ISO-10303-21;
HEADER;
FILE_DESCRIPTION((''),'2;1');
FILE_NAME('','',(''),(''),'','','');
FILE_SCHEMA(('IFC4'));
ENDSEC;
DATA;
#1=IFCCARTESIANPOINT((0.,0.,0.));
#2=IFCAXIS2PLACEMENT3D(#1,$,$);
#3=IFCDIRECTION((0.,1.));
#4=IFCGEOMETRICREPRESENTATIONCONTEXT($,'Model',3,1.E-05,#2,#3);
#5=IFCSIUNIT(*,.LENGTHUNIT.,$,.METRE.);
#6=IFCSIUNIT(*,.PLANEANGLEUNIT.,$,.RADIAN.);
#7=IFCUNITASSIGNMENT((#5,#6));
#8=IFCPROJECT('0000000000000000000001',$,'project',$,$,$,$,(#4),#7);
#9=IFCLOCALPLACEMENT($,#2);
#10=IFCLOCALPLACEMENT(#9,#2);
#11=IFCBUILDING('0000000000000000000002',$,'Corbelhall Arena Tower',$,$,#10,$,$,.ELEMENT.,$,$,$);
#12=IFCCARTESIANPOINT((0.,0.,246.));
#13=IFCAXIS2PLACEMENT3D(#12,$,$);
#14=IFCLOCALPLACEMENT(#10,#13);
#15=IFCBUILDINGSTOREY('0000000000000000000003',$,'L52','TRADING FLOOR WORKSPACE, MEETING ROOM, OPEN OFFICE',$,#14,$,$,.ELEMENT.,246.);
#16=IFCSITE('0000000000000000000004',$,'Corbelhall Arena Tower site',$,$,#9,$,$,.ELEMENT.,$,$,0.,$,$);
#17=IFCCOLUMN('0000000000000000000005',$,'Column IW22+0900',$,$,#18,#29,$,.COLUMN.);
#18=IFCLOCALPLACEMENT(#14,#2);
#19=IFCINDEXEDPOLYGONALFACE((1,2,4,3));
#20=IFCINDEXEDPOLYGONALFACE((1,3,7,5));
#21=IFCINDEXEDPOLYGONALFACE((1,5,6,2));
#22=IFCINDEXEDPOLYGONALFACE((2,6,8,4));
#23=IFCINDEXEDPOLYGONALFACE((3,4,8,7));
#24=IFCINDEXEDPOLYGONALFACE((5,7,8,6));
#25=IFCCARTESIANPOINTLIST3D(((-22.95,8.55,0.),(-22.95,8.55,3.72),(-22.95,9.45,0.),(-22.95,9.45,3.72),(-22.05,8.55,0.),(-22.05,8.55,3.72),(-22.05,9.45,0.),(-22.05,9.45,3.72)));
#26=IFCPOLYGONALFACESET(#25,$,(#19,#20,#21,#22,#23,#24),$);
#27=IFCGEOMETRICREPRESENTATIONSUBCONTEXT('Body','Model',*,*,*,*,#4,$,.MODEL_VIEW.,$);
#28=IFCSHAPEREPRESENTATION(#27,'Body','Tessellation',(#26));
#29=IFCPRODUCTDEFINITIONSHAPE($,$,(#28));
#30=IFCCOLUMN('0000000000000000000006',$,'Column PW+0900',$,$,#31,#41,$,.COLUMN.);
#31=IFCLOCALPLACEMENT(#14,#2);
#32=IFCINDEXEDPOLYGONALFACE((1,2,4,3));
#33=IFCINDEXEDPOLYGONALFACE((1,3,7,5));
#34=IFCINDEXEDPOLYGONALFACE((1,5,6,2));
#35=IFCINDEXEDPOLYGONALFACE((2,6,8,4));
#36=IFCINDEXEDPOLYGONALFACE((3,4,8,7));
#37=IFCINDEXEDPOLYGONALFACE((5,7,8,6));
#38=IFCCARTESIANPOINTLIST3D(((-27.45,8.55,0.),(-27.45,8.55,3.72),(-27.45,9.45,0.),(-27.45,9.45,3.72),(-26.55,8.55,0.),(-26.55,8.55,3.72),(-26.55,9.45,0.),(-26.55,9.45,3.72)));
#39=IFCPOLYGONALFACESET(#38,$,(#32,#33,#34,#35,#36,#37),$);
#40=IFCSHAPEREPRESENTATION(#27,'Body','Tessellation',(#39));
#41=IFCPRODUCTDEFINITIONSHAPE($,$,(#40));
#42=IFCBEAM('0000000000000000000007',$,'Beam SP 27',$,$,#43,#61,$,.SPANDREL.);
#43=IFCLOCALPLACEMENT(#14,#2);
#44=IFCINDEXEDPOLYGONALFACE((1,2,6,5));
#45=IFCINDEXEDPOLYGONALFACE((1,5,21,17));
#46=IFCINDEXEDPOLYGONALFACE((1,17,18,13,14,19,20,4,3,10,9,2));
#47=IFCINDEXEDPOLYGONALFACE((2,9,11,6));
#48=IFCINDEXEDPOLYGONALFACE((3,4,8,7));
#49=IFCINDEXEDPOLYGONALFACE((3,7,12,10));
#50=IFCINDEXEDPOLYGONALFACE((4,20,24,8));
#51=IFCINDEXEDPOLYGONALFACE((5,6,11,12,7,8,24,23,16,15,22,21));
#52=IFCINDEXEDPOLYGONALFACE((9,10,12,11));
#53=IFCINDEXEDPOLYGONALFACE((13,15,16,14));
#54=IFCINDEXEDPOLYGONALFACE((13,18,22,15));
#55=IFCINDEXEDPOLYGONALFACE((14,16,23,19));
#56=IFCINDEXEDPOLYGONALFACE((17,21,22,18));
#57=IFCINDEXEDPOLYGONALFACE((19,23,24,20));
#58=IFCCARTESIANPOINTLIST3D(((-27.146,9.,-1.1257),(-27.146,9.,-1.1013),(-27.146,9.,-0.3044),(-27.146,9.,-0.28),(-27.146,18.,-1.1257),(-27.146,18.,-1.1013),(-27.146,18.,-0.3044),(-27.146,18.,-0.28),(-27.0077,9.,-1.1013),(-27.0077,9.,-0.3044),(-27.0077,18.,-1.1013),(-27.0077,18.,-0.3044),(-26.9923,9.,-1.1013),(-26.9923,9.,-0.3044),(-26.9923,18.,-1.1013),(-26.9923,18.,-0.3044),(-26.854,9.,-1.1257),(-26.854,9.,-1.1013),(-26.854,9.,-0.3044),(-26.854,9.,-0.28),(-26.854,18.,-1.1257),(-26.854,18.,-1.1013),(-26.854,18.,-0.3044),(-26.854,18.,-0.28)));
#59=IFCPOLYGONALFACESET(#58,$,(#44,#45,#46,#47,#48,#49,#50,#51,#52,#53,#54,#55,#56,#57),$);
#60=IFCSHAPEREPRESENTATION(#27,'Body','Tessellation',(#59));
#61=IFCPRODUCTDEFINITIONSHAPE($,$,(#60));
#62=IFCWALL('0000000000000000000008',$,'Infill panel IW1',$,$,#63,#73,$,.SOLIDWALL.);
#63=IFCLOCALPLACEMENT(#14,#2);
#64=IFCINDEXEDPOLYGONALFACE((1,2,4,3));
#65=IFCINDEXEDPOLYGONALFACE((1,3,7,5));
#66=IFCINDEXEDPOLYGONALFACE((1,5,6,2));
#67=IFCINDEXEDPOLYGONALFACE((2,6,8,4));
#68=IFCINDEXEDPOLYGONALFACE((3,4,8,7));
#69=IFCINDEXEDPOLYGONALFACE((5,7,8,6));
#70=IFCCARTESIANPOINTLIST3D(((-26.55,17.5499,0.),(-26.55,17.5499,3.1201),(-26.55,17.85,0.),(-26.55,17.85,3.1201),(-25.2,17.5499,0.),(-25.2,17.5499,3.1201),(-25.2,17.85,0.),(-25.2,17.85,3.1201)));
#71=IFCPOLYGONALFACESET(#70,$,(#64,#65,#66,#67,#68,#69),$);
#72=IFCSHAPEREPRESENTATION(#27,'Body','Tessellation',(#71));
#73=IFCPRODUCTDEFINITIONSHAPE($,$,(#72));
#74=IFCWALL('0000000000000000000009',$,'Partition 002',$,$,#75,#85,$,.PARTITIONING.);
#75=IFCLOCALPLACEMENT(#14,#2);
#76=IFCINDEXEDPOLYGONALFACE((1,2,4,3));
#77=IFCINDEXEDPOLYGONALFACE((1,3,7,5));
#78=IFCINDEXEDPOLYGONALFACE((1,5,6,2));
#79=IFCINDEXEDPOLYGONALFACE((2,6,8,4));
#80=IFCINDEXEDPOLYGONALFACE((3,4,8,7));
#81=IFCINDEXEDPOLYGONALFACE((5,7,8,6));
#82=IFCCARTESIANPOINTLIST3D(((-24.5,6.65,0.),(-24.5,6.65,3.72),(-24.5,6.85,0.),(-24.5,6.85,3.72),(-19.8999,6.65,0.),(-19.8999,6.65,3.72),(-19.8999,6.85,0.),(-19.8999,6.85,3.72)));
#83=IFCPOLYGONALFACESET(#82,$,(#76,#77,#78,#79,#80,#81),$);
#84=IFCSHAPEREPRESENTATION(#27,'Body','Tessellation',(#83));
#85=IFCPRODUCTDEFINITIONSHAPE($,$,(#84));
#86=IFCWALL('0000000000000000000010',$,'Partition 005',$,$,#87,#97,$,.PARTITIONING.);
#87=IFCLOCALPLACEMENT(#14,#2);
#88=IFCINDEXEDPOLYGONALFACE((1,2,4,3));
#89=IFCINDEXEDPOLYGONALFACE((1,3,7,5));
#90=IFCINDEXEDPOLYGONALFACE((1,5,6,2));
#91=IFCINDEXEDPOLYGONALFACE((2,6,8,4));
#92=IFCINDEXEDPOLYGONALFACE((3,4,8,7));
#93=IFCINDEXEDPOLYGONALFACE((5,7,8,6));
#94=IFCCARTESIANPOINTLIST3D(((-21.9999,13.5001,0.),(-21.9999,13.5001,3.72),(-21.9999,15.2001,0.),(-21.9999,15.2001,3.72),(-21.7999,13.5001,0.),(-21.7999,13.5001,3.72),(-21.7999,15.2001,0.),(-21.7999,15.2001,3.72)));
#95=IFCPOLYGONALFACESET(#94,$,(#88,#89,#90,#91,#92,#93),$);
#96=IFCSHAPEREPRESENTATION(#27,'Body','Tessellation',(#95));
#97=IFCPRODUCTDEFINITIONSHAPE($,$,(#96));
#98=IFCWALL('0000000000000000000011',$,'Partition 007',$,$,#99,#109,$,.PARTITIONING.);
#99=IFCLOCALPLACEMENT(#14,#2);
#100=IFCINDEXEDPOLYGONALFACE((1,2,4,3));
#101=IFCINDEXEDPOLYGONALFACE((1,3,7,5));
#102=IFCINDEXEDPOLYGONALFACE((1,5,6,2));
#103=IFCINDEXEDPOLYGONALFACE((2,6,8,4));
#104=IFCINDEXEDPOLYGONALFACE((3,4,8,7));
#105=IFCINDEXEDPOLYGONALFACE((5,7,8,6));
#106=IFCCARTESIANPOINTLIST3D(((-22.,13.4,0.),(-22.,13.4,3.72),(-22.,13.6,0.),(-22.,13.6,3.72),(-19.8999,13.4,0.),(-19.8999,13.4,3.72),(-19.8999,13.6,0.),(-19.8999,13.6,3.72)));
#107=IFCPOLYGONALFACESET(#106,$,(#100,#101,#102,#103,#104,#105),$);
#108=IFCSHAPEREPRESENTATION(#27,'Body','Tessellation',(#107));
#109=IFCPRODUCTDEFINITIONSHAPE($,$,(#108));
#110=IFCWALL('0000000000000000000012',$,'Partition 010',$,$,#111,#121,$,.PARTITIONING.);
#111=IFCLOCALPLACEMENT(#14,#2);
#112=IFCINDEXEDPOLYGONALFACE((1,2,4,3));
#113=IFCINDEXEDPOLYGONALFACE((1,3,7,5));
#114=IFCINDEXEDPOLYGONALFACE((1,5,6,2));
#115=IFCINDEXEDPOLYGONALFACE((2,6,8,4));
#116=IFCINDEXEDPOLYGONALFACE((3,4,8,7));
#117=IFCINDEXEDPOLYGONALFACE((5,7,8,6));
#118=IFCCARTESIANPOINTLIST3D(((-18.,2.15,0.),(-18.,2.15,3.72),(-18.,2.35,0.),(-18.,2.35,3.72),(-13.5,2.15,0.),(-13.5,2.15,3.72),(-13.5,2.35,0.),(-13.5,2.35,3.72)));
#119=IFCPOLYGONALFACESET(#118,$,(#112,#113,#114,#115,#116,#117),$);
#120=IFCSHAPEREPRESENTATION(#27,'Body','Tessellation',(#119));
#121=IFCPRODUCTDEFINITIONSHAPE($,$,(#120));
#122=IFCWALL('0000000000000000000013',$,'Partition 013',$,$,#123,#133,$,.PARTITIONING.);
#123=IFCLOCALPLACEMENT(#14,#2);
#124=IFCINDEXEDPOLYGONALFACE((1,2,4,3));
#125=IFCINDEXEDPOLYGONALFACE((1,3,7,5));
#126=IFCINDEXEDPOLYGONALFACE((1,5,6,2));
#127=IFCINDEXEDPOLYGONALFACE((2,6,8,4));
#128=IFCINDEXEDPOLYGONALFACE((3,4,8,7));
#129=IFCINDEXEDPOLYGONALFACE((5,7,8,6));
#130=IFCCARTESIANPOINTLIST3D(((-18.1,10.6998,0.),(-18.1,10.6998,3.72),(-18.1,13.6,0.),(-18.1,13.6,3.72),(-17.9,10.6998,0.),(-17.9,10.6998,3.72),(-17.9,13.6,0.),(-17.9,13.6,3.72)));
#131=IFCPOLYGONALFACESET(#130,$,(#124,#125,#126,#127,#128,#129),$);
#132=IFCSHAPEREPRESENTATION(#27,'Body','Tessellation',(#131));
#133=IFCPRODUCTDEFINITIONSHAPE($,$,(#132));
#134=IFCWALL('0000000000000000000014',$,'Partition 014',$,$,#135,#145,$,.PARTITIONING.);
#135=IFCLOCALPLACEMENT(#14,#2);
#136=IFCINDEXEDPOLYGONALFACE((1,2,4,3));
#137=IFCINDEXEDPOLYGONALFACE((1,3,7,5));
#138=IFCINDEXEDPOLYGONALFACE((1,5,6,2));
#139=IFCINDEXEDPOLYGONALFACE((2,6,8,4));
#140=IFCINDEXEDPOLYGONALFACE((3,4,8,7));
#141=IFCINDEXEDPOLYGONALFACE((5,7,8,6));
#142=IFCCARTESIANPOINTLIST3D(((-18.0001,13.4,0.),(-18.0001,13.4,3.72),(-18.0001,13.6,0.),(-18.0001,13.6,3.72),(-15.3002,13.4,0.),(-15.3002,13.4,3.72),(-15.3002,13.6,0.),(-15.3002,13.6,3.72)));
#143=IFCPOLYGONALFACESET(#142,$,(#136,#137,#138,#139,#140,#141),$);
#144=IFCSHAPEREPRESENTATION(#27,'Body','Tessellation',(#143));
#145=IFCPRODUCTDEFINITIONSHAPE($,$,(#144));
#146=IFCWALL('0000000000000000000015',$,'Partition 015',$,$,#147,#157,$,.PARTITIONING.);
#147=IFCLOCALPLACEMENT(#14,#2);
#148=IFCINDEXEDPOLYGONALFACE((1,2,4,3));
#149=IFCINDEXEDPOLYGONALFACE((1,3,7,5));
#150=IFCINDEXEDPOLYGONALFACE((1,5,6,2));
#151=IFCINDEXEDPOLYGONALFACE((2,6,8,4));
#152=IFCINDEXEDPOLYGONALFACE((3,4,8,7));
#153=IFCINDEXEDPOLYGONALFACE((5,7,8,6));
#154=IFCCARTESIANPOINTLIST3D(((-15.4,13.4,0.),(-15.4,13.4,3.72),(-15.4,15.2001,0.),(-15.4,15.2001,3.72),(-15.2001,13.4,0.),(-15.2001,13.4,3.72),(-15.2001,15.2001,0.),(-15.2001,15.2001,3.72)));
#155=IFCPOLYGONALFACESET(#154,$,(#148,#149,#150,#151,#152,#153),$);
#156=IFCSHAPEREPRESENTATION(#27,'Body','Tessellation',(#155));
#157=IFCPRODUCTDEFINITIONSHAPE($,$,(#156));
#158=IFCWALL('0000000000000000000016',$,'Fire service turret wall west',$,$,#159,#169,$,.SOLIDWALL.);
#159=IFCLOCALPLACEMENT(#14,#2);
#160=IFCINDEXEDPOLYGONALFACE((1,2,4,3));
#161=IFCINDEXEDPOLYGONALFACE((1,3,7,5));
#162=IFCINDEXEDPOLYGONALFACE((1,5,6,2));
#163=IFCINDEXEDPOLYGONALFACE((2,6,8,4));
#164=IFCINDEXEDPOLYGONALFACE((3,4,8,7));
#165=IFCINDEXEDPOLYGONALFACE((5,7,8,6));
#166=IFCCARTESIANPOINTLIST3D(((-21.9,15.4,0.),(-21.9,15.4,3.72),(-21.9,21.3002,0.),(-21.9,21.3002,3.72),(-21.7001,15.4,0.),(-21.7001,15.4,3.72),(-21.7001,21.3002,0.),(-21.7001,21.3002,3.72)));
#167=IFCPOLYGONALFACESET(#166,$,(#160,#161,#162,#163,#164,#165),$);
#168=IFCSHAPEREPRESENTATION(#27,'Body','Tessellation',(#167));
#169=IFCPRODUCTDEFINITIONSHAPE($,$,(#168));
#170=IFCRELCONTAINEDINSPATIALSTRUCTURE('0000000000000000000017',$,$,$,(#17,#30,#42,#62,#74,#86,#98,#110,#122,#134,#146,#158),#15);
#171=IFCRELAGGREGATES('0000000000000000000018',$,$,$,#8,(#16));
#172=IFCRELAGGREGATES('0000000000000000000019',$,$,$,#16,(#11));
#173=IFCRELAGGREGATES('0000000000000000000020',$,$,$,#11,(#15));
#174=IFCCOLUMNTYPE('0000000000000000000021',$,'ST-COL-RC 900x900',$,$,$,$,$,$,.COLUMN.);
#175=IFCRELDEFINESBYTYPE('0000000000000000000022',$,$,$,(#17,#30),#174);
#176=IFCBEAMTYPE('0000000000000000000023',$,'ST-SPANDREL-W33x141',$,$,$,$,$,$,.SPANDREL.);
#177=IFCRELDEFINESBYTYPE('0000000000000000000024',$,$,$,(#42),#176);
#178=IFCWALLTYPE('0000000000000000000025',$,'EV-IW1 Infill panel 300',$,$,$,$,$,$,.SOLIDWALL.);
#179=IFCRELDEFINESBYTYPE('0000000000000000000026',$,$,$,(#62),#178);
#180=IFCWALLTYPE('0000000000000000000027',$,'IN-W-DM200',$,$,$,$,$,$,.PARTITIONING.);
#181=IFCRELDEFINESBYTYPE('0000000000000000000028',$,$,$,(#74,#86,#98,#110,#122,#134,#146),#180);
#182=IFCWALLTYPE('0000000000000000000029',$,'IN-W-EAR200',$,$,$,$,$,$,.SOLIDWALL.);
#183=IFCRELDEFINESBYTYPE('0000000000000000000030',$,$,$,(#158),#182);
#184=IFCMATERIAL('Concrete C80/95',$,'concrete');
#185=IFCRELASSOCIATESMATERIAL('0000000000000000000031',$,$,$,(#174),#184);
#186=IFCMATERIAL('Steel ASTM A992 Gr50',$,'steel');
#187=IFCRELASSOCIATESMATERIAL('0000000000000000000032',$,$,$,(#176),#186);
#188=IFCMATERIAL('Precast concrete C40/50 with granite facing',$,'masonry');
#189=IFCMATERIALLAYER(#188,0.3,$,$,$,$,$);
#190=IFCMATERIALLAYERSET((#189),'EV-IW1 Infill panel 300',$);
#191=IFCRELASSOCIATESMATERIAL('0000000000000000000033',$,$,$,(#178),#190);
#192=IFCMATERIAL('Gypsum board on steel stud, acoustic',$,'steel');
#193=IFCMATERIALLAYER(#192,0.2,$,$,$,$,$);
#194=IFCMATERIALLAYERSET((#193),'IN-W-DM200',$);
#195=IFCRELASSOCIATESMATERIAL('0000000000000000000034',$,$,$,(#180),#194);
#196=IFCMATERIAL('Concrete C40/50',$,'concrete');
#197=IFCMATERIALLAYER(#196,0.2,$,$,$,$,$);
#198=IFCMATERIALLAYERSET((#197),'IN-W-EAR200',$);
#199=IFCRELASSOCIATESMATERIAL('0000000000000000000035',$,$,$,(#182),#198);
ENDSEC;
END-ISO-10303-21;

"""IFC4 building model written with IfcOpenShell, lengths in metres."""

from ifc_helpers import new_model, si_unit, direction, frame, frame_2d, origin, origin_2d, place, context, subcontext, project, spatial, rectangle, i_section, extrude, material, layer, layer_set, material_profile, profile_set, type_object, element, save


model = new_model("IFC4")

# Units and contexts
model_context = context("Model", 3, precision=1e-05, world=origin(), true_north=direction((0.0, 1.0)))
body_context = subcontext(model_context, "Body", "Model", "MODEL_VIEW")
ifc_project = project(units=[si_unit("LENGTHUNIT", "METRE"), si_unit("PLANEANGLEUNIT", "RADIAN")], contexts=[model_context])

# Site, building, storey
site_placement = place(None, origin())
site = spatial("IfcSite", under=ifc_project, at=site_placement, Name="Corbelhall Arena Tower site", CompositionType="ELEMENT", RefElevation=0.0)
building_placement = place(site_placement, origin())
building = spatial("IfcBuilding", under=site, at=building_placement, Name="Corbelhall Arena Tower", CompositionType="ELEMENT")
storey_placement = place(building_placement, frame((0.0, 0.0, 246.0)))
storey = spatial("IfcBuildingStorey", under=building, at=storey_placement, Name="L52", Description="TRADING FLOOR WORKSPACE, MEETING ROOM, OPEN OFFICE", CompositionType="ELEMENT", Elevation=246.0)

# Columns
ifc_material_1 = material(Name="Concrete C80/95", Category="concrete")
ifc_material_profile_1 = material_profile(ifc_material_1, rectangle(XDim=0.8999, YDim=0.8999, at=origin_2d()))
ifc_profile_set_1 = profile_set([ifc_material_profile_1], Name="Concrete C80/95")
column_type = type_object("IfcColumnType", Name="ST-COL-RC 900x900", PredefinedType="COLUMN", material=ifc_profile_set_1)
for number, where, z_axis, x_axis, name in (
    (1, (-22.5, 9.0, 0.0), (0.0, 0.0, 1.0), (1.0, 0.0, 0.0), "Column IW22+0900"),
    (2, (-27.0, 9.0, 0.0), (0.0, 0.0, 1.0), (0.0, 1.0, 0.0), "Column PW+0900"),
):
    element("IfcColumn", number, at=place(storey_placement, frame(where, z_axis=z_axis, x_axis=x_axis)), inside=storey, type_object=column_type, Name=name, PredefinedType="COLUMN", context=body_context, shape_type="SweptSolid", body=[
        extrude(rectangle(XDim=0.8999, YDim=0.8999, at=origin_2d()), origin(), (0.0, 0.0, 1.0), 3.72),
    ])

# Beam
ifc_material_2 = material(Name="Steel ASTM A992 Gr50", Category="steel")
ifc_material_profile_2 = material_profile(ifc_material_2, i_section(OverallWidth=0.292, OverallDepth=0.8457, WebThickness=0.0154, FlangeThickness=0.0244, at=origin_2d()))
ifc_profile_set_2 = profile_set([ifc_material_profile_2], Name="Steel ASTM A992 Gr50")
beam_type = type_object("IfcBeamType", Name="ST-SPANDREL-W33x141", PredefinedType="SPANDREL", material=ifc_profile_set_2)
beam_placement = place(storey_placement, frame((-27.0, 9.0, -0.7029), z_axis=(0.0, 1.0, 0.0), x_axis=(-1.0, 0.0, 0.0)))
element("IfcBeam", 3, at=beam_placement, inside=storey, type_object=beam_type, Name="Beam SP 27", PredefinedType="SPANDREL", context=body_context, shape_type="SweptSolid", body=[
    extrude(i_section(OverallWidth=0.292, OverallDepth=0.8457, WebThickness=0.0154, FlangeThickness=0.0244, at=origin_2d()), origin(), (0.0, 0.0, 1.0), 9.0),
])

# Wall
ifc_material_3 = material(Name="Precast concrete C40/50 with granite facing", Category="masonry")
ifc_layer_1 = layer(ifc_material_3, 0.3)
ifc_layer_set_1 = layer_set([ifc_layer_1], Name="EV-IW1 Infill panel 300")
wall_type_1 = type_object("IfcWallType", Name="EV-IW1 Infill panel 300", PredefinedType="SOLIDWALL", material=ifc_layer_set_1)
wall_1_placement = place(storey_placement, frame((-25.2, 17.7, 0.0), z_axis=(0.0, 0.0, 1.0), x_axis=(-1.0, 0.0, 0.0)))
element("IfcWall", 4, at=wall_1_placement, inside=storey, type_object=wall_type_1, Name="Infill panel IW1", PredefinedType="SOLIDWALL", context=body_context, shape_type="SweptSolid", body=[
    extrude(rectangle(XDim=1.3501, YDim=0.3, at=frame_2d((0.675, 0.0))), origin(), (0.0, 0.0, 1.0), 3.1201),
])

# Walls
ifc_material_4 = material(Name="Gypsum board on steel stud, acoustic", Category="steel")
ifc_layer_2 = layer(ifc_material_4, 0.2)
ifc_layer_set_2 = layer_set([ifc_layer_2], Name="IN-W-DM200")
wall_type_2 = type_object("IfcWallType", Name="IN-W-DM200", PredefinedType="PARTITIONING", material=ifc_layer_set_2)
wall_2_placement = place(storey_placement, frame((-24.5, 6.75, 0.0), z_axis=(0.0, 0.0, 1.0), x_axis=(1.0, 0.0, 0.0)))
element("IfcWall", 5, at=wall_2_placement, inside=storey, type_object=wall_type_2, Name="Partition 002", PredefinedType="PARTITIONING", context=body_context, shape_type="SweptSolid", body=[
    extrude(rectangle(XDim=4.6001, YDim=0.2, at=frame_2d((2.3, 0.0))), origin(), (0.0, 0.0, 1.0), 3.72),
])
wall_3_placement = place(storey_placement, frame((-21.8999, 13.5, 0.0), z_axis=(0.0, 0.0, 1.0), x_axis=(0.0, 1.0, 0.0)))
element("IfcWall", 6, at=wall_3_placement, inside=storey, type_object=wall_type_2, Name="Partition 005", PredefinedType="PARTITIONING", context=body_context, shape_type="SweptSolid", body=[
    extrude(rectangle(XDim=1.7, YDim=0.2, at=frame_2d((0.8501, 0.0))), origin(), (0.0, 0.0, 1.0), 3.72),
])
wall_4_placement = place(storey_placement, frame((-19.8999, 13.5, 0.0), z_axis=(0.0, 0.0, 1.0), x_axis=(-1.0, 0.0, 0.0)))
element("IfcWall", 7, at=wall_4_placement, inside=storey, type_object=wall_type_2, Name="Partition 007", PredefinedType="PARTITIONING", context=body_context, shape_type="SweptSolid", body=[
    extrude(rectangle(XDim=2.1001, YDim=0.2, at=frame_2d((1.05, 0.0))), origin(), (0.0, 0.0, 1.0), 3.72),
])
wall_5_placement = place(storey_placement, frame((-18.0, 2.25, 0.0), z_axis=(0.0, 0.0, 1.0), x_axis=(1.0, 0.0, 0.0)))
element("IfcWall", 8, at=wall_5_placement, inside=storey, type_object=wall_type_2, Name="Partition 010", PredefinedType="PARTITIONING", context=body_context, shape_type="SweptSolid", body=[
    extrude(rectangle(XDim=4.5, YDim=0.2, at=frame_2d((2.25, 0.0))), origin(), (0.0, 0.0, 1.0), 3.72),
])

# Walls
wall_6_placement = place(storey_placement, frame((-18.0, 13.6001, 0.0), z_axis=(0.0, 0.0, 1.0), x_axis=(0.0, -1.0, 0.0)))
element("IfcWall", 9, at=wall_6_placement, inside=storey, type_object=wall_type_2, Name="Partition 013", PredefinedType="PARTITIONING", context=body_context, shape_type="SweptSolid", body=[
    extrude(rectangle(XDim=2.9001, YDim=0.2, at=frame_2d((1.4502, 0.0))), origin(), (0.0, 0.0, 1.0), 3.72),
])
wall_7_placement = place(storey_placement, frame((-15.3, 13.5, 0.0), z_axis=(0.0, 0.0, 1.0), x_axis=(-1.0, 0.0, 0.0)))
element("IfcWall", 10, at=wall_7_placement, inside=storey, type_object=wall_type_2, Name="Partition 014", PredefinedType="PARTITIONING", context=body_context, shape_type="SweptSolid", body=[
    extrude(rectangle(XDim=2.7, YDim=0.2, at=frame_2d((1.3501, 0.0))), origin(), (0.0, 0.0, 1.0), 3.72),
])
wall_8_placement = place(storey_placement, frame((-15.3, 15.2, 0.0), z_axis=(0.0, 0.0, 1.0), x_axis=(0.0, -1.0, 0.0)))
element("IfcWall", 11, at=wall_8_placement, inside=storey, type_object=wall_type_2, Name="Partition 015", PredefinedType="PARTITIONING", context=body_context, shape_type="SweptSolid", body=[
    extrude(rectangle(XDim=1.8, YDim=0.2, at=frame_2d((0.8999, 0.0))), origin(), (0.0, 0.0, 1.0), 3.72),
])

# Shared definitions
ifc_material_5 = material(Name="Concrete C40/50", Category="concrete")
ifc_layer_3 = layer(ifc_material_5, 0.2)
ifc_layer_set_3 = layer_set([ifc_layer_3], Name="IN-W-EAR200")
wall_type_3 = type_object("IfcWallType", Name="IN-W-EAR200", PredefinedType="SOLIDWALL", material=ifc_layer_set_3)

# Wall
wall_9_placement = place(storey_placement, frame((-21.8, 15.3999, 0.0), z_axis=(0.0, 0.0, 1.0), x_axis=(0.0, 1.0, 0.0)))
element("IfcWall", 12, at=wall_9_placement, inside=storey, type_object=wall_type_3, Name="Fire service turret wall west", PredefinedType="SOLIDWALL", context=body_context, shape_type="SweptSolid", body=[
    extrude(rectangle(XDim=5.9001, YDim=0.2, at=frame_2d((2.9502, 0.0))), origin(), (0.0, 0.0, 1.0), 3.72),
])

save(model, "model.ifc")
